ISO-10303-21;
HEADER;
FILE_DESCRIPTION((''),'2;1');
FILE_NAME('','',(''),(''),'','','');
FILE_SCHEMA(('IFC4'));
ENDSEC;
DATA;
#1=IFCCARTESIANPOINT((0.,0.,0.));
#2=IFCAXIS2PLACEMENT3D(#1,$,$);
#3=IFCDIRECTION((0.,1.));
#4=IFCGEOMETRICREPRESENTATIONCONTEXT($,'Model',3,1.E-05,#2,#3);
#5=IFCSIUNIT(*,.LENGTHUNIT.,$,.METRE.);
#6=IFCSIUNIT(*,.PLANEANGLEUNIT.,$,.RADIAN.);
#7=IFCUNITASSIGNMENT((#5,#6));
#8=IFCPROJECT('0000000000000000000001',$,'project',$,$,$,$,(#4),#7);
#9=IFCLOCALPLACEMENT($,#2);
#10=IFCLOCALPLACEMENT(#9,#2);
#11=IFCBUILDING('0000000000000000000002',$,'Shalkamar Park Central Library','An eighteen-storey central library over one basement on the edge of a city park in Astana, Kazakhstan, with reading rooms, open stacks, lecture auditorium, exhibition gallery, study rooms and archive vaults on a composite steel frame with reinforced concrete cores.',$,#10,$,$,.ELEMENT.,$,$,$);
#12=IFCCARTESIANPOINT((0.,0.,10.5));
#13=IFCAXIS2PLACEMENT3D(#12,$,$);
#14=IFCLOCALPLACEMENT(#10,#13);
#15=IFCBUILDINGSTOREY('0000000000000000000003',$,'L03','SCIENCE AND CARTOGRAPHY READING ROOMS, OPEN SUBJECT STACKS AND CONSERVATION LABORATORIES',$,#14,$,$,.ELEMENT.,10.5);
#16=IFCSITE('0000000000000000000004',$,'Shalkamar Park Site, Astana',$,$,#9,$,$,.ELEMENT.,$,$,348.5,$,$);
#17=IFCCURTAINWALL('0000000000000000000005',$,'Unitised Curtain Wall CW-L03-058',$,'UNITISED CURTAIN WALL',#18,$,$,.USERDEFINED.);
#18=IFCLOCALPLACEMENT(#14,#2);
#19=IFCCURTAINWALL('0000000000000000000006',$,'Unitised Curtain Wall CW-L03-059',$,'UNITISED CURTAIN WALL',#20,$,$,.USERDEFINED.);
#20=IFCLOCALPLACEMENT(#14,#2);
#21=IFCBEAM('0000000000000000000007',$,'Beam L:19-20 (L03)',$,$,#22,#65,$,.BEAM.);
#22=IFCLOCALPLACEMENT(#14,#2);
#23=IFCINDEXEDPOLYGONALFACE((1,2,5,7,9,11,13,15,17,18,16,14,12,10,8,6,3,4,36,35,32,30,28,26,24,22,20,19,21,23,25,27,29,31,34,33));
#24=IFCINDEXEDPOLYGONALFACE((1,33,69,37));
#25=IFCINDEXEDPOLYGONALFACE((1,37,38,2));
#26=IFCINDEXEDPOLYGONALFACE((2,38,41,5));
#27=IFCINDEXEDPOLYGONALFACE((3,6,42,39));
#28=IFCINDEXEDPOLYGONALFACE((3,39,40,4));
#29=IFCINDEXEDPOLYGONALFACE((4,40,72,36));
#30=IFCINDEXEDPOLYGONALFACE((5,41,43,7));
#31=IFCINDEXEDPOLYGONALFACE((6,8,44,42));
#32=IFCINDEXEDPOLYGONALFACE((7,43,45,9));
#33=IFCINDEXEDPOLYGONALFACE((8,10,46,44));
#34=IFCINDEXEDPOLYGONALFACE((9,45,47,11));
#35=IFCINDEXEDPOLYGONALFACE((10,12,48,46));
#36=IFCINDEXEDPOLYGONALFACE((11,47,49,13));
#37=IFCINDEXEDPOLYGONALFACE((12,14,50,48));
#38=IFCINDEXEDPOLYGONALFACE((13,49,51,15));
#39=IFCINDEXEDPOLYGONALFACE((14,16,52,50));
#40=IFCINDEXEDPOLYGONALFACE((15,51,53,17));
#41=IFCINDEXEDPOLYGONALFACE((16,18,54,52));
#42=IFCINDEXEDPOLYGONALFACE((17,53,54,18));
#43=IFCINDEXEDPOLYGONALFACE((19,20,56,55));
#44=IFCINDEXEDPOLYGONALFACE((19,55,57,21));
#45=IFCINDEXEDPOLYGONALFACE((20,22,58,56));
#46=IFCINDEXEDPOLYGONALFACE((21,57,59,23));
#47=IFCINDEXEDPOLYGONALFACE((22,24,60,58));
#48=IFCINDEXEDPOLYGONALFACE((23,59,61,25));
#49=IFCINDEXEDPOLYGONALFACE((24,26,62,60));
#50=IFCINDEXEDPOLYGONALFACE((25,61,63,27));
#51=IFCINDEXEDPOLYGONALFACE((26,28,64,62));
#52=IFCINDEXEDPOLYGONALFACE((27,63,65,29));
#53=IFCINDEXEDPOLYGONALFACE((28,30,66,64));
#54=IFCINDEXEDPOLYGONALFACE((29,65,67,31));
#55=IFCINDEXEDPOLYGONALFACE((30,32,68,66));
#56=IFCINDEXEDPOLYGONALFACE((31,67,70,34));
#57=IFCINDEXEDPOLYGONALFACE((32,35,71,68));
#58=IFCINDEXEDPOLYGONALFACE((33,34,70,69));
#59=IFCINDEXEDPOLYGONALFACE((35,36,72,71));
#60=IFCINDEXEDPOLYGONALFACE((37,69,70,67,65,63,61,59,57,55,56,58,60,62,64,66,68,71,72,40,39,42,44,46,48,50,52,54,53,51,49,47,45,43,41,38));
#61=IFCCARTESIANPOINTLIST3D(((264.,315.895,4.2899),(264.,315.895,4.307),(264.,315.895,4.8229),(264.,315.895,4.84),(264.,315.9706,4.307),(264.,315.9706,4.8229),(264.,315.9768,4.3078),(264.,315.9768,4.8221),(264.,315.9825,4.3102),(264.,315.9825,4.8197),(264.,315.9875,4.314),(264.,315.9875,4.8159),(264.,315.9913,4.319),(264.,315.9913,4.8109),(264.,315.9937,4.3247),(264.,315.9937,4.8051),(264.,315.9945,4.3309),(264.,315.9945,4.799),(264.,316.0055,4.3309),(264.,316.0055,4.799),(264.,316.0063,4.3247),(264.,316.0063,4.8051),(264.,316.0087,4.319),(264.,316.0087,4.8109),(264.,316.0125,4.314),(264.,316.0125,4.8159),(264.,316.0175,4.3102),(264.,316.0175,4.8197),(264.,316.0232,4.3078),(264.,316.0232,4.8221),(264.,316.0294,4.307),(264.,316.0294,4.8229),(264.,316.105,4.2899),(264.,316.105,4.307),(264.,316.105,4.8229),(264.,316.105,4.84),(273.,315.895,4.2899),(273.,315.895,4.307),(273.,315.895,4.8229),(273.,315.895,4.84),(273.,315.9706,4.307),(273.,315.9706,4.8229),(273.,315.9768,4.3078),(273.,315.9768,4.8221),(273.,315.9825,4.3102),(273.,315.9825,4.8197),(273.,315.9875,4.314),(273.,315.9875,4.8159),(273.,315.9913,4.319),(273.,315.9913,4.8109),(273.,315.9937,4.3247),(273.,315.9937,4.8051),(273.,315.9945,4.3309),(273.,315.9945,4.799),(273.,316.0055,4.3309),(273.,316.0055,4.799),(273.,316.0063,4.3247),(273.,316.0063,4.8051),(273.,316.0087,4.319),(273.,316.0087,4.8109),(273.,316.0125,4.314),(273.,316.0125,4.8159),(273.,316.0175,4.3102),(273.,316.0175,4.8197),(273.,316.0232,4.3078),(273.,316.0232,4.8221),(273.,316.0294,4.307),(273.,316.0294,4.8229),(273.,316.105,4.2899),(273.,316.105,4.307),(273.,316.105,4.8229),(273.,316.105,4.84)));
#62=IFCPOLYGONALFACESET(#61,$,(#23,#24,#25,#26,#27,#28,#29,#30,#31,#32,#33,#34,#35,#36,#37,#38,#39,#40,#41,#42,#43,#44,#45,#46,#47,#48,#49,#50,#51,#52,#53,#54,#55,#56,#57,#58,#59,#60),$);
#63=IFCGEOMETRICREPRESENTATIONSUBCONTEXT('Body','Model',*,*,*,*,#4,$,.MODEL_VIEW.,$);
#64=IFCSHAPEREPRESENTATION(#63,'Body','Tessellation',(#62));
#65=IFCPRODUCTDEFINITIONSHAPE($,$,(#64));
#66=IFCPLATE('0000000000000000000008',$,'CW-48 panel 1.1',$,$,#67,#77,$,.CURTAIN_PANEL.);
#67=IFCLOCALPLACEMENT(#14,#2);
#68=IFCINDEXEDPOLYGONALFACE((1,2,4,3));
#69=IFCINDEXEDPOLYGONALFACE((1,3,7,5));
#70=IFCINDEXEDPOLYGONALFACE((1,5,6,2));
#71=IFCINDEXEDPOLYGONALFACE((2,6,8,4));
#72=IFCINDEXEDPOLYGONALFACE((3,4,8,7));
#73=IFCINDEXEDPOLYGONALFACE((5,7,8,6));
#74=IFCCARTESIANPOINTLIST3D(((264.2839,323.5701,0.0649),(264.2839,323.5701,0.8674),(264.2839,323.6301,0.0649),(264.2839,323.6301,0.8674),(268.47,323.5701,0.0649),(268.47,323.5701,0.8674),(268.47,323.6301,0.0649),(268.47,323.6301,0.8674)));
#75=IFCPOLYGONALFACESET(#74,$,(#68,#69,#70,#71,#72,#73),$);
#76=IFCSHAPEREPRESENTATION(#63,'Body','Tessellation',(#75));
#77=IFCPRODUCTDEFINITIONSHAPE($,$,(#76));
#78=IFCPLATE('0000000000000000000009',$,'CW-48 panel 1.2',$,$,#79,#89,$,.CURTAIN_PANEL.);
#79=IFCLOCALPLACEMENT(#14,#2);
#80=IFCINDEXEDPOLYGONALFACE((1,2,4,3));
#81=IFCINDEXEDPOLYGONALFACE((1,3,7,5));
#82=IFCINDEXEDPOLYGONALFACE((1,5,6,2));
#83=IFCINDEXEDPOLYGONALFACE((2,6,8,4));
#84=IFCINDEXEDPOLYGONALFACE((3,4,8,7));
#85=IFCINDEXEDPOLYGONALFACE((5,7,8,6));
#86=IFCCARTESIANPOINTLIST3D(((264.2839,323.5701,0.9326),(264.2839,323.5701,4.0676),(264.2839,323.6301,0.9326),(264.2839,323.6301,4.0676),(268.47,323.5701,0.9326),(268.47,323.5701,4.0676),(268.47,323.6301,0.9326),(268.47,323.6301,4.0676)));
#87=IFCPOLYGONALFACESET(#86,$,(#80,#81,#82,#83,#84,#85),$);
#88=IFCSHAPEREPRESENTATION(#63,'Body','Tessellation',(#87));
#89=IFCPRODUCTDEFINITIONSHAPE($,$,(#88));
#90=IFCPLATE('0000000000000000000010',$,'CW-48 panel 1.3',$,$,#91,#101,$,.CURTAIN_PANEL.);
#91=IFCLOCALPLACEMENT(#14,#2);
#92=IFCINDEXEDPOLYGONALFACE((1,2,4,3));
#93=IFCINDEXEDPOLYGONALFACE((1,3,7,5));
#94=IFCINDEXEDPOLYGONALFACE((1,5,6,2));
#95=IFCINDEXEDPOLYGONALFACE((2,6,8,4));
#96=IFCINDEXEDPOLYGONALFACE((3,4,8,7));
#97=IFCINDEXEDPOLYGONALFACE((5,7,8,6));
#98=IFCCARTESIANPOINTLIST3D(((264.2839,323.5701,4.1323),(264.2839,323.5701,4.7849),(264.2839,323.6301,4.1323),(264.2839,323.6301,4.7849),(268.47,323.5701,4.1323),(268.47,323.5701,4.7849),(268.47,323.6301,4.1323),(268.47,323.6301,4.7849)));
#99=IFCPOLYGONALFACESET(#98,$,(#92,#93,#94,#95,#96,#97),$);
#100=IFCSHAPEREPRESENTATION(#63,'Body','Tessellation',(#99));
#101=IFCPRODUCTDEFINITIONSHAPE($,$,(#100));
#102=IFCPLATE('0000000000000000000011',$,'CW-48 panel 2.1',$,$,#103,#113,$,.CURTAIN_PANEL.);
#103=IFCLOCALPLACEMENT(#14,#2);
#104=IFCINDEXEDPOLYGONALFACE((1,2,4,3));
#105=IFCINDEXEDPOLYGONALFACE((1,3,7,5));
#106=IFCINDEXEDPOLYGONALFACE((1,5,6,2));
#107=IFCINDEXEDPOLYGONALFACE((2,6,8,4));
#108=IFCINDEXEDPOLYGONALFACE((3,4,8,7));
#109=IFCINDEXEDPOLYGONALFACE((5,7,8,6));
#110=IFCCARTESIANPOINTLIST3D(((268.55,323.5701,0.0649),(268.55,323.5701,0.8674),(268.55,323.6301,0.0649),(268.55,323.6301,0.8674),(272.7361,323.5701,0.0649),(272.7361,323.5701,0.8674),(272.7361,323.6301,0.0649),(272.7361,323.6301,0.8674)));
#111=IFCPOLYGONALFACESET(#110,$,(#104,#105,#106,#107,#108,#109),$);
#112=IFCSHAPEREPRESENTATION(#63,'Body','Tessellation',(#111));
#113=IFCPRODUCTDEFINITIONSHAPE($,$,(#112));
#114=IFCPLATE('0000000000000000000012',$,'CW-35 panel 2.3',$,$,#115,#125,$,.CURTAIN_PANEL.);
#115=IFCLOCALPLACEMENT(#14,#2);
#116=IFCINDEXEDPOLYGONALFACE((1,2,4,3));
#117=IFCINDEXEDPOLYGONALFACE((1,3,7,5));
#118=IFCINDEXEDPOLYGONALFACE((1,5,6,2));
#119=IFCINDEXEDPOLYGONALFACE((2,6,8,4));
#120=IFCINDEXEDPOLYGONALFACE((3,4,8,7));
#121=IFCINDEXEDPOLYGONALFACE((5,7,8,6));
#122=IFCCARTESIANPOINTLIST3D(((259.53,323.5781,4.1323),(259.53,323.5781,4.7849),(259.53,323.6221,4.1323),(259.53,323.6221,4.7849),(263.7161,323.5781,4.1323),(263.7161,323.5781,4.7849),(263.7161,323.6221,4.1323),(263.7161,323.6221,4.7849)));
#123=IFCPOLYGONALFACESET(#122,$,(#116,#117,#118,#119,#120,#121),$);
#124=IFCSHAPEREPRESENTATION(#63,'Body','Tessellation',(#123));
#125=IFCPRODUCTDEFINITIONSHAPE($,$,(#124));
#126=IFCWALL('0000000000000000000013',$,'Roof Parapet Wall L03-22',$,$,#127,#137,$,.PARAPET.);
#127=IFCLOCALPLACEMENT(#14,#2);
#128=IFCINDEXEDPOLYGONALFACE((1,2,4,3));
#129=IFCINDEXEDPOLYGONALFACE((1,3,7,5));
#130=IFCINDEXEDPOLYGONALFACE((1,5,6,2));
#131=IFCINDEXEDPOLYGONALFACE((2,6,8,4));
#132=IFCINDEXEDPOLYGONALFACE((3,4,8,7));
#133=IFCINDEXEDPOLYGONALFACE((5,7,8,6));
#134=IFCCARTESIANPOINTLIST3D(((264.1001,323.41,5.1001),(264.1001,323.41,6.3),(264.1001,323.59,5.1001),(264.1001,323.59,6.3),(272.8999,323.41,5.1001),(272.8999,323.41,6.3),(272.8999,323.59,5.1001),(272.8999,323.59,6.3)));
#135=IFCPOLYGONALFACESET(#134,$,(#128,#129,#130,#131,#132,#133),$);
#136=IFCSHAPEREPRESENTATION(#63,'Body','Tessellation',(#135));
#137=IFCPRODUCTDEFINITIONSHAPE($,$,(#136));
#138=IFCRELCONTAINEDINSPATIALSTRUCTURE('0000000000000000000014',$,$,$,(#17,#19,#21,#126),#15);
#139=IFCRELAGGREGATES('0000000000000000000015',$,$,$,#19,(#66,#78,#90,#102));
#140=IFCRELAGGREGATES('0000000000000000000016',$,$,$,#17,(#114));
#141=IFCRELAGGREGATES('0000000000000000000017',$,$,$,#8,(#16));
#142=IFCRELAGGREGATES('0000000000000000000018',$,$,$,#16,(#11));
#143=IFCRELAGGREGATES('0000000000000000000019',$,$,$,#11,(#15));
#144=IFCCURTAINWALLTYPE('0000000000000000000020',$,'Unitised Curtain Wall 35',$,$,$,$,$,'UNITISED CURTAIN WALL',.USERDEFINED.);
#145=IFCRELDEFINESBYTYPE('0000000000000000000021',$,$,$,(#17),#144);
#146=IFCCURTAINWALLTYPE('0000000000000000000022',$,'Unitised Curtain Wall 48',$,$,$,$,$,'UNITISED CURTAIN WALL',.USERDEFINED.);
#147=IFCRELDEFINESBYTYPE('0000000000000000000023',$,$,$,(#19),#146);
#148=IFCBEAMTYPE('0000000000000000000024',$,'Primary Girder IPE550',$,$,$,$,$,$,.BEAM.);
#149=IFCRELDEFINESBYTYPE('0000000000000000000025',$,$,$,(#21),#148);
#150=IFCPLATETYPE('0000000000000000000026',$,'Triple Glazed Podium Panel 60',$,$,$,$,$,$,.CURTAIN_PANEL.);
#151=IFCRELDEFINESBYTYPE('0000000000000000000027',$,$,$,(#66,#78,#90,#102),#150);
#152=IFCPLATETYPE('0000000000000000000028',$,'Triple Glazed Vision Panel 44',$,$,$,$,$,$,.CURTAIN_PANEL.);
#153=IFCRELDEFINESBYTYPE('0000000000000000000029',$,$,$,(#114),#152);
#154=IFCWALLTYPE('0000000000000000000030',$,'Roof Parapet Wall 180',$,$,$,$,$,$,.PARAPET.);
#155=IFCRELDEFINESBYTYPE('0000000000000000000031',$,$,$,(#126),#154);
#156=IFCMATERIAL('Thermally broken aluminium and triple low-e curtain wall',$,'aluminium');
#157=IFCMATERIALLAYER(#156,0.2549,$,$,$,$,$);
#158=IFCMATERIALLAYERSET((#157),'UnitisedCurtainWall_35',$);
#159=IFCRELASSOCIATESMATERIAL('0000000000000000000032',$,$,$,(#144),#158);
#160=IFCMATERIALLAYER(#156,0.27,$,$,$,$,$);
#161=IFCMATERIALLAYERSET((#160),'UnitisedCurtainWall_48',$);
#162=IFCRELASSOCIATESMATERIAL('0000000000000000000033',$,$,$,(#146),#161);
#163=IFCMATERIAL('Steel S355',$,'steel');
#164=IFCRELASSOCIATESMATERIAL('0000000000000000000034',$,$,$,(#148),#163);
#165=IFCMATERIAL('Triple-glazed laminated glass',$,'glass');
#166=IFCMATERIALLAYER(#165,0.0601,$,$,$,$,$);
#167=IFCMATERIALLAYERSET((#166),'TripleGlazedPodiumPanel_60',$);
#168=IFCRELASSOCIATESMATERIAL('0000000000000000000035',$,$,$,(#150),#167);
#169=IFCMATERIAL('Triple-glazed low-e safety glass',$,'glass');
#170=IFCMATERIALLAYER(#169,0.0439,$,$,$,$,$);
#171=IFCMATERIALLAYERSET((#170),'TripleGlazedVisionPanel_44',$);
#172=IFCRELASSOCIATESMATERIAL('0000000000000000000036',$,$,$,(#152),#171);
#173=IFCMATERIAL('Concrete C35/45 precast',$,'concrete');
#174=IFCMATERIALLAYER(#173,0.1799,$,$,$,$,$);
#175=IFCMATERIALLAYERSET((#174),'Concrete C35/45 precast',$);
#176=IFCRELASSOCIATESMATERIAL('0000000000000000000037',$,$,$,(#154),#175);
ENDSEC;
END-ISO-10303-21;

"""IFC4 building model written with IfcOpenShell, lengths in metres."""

from ifc_helpers import new_model, si_unit, direction, frame, frame_2d, origin, origin_2d, place, context, subcontext, project, spatial, rectangle, i_section, extrude, material, layer, layer_set, material_profile, profile_set, type_object, element, aggregate, save


model = new_model("IFC4")

# Units and contexts
model_context = context("Model", 3, precision=1e-05, world=origin(), true_north=direction((0.0, 1.0)))
body_context = subcontext(model_context, "Body", "Model", "MODEL_VIEW")
ifc_project = project(units=[si_unit("LENGTHUNIT", "METRE"), si_unit("PLANEANGLEUNIT", "RADIAN")], contexts=[model_context])

# Site, building, storey
site_placement = place(None, origin())
site = spatial("IfcSite", under=ifc_project, at=site_placement, Name="Shalkamar Park Site, Astana", CompositionType="ELEMENT", RefElevation=348.5)
building_placement = place(site_placement, origin())
building = spatial("IfcBuilding", under=site, at=building_placement, Name="Shalkamar Park Central Library", Description="An eighteen-storey central library over one basement on the edge of a city park in Astana, Kazakhstan, with reading rooms, open stacks, lecture auditorium, exhibition gallery, study rooms and archive vaults on a composite steel frame with reinforced concrete cores.", CompositionType="ELEMENT")
storey_placement = place(building_placement, frame((0.0, 0.0, 10.5)))
storey = spatial("IfcBuildingStorey", under=building, at=storey_placement, Name="L03", Description="SCIENCE AND CARTOGRAPHY READING ROOMS, OPEN SUBJECT STACKS AND CONSERVATION LABORATORIES", CompositionType="ELEMENT", Elevation=10.5)

# Shared definitions
ifc_material_1 = material(Name="Steel S355", Category="steel")

# Curtain wall
ifc_material_2 = material(Name="Thermally broken aluminium and triple low-e curtain wall", Category="aluminium")
ifc_layer_1 = layer(ifc_material_2, 0.2549)
ifc_layer_set_1 = layer_set([ifc_layer_1], Name="UnitisedCurtainWall_35")
curtain_wall_type_1 = type_object("IfcCurtainWallType", Name="Unitised Curtain Wall 35", ElementType="UNITISED CURTAIN WALL", PredefinedType="USERDEFINED", material=ifc_layer_set_1)
curtain_wall_1_placement = place(storey_placement, origin())
curtain_wall_1 = element("IfcCurtainWall", 1, at=curtain_wall_1_placement, inside=storey, type_object=curtain_wall_type_1, Name="Unitised Curtain Wall CW-L03-058", ObjectType="UNITISED CURTAIN WALL", PredefinedType="USERDEFINED")

# Curtain wall
ifc_layer_2 = layer(ifc_material_2, 0.27)
ifc_layer_set_2 = layer_set([ifc_layer_2], Name="UnitisedCurtainWall_48")
curtain_wall_type_2 = type_object("IfcCurtainWallType", Name="Unitised Curtain Wall 48", ElementType="UNITISED CURTAIN WALL", PredefinedType="USERDEFINED", material=ifc_layer_set_2)
curtain_wall_2_placement = place(storey_placement, origin())
curtain_wall_2 = element("IfcCurtainWall", 2, at=curtain_wall_2_placement, inside=storey, type_object=curtain_wall_type_2, Name="Unitised Curtain Wall CW-L03-059", ObjectType="UNITISED CURTAIN WALL", PredefinedType="USERDEFINED")

# Beam
ifc_material_profile_1 = material_profile(ifc_material_1, i_section(OverallWidth=0.21, OverallDepth=0.55, WebThickness=0.011, FlangeThickness=0.0171, FilletRadius=0.0239, at=origin_2d()), Name="IPE 550")
ifc_profile_set_1 = profile_set([ifc_material_profile_1], Name="Steel S355")
beam_type_1 = type_object("IfcBeamType", Name="Primary Girder IPE550", PredefinedType="BEAM", material=ifc_profile_set_1)
beam_1_placement = place(storey_placement, frame((264.0, 316.0, 4.5649), z_axis=(1.0, 0.0, 0.0), x_axis=(0.0, 1.0, 0.0)))
element("IfcBeam", 3, at=beam_1_placement, inside=storey, type_object=beam_type_1, Name="Beam L:19-20 (L03)", PredefinedType="BEAM", context=body_context, shape_type="SweptSolid", body=[
    extrude(i_section(OverallWidth=0.21, OverallDepth=0.55, WebThickness=0.011, FlangeThickness=0.0171, FilletRadius=0.0239, at=origin_2d()), origin(), (0.0, 0.0, 1.0), 9.0),
])

# Plates
ifc_material_3 = material(Name="Triple-glazed laminated glass", Category="glass")
ifc_layer_3 = layer(ifc_material_3, 0.0601)
ifc_layer_set_3 = layer_set([ifc_layer_3], Name="TripleGlazedPodiumPanel_60")
plate_type_1 = type_object("IfcPlateType", Name="Triple Glazed Podium Panel 60", PredefinedType="CURTAIN_PANEL", material=ifc_layer_set_3)
plate_1_placement = place(storey_placement, frame((266.377, 323.6001, 0.0649), z_axis=(0.0, 0.0, 1.0), x_axis=(1.0, 0.0, 0.0)))
plate_1 = element("IfcPlate", 4, at=plate_1_placement, type_object=plate_type_1, Name="CW-48 panel 1.1", PredefinedType="CURTAIN_PANEL", context=body_context, shape_type="SweptSolid", body=[
    extrude(rectangle(XDim=4.186, YDim=0.0601, at=origin_2d()), origin(), (0.0, 0.0, 1.0), 0.8025),
])
plate_2_placement = place(storey_placement, frame((266.377, 323.6001, 0.9326), z_axis=(0.0, 0.0, 1.0), x_axis=(1.0, 0.0, 0.0)))
plate_2 = element("IfcPlate", 5, at=plate_2_placement, type_object=plate_type_1, Name="CW-48 panel 1.2", PredefinedType="CURTAIN_PANEL", context=body_context, shape_type="SweptSolid", body=[
    extrude(rectangle(XDim=4.186, YDim=0.0601, at=origin_2d()), origin(), (0.0, 0.0, 1.0), 3.135),
])
plate_3_placement = place(storey_placement, frame((266.377, 323.6001, 4.1323), z_axis=(0.0, 0.0, 1.0), x_axis=(1.0, 0.0, 0.0)))
plate_3 = element("IfcPlate", 6, at=plate_3_placement, type_object=plate_type_1, Name="CW-48 panel 1.3", PredefinedType="CURTAIN_PANEL", context=body_context, shape_type="SweptSolid", body=[
    extrude(rectangle(XDim=4.186, YDim=0.0601, at=origin_2d()), origin(), (0.0, 0.0, 1.0), 0.6526),
])
plate_4_placement = place(storey_placement, frame((270.6431, 323.6001, 0.0649), z_axis=(0.0, 0.0, 1.0), x_axis=(1.0, 0.0, 0.0)))
plate_4 = element("IfcPlate", 7, at=plate_4_placement, type_object=plate_type_1, Name="CW-48 panel 2.1", PredefinedType="CURTAIN_PANEL", context=body_context, shape_type="SweptSolid", body=[
    extrude(rectangle(XDim=4.186, YDim=0.0601, at=origin_2d()), origin(), (0.0, 0.0, 1.0), 0.8025),
])
aggregate(curtain_wall_2, [plate_1, plate_2, plate_3, plate_4])
ifc_material_4 = material(Name="Triple-glazed low-e safety glass", Category="glass")
ifc_layer_4 = layer(ifc_material_4, 0.0439)
ifc_layer_set_4 = layer_set([ifc_layer_4], Name="TripleGlazedVisionPanel_44")
plate_type_2 = type_object("IfcPlateType", Name="Triple Glazed Vision Panel 44", PredefinedType="CURTAIN_PANEL", material=ifc_layer_set_4)
plate_5_placement = place(storey_placement, frame((261.623, 323.6001, 4.1323), z_axis=(0.0, 0.0, 1.0), x_axis=(1.0, 0.0, 0.0)))
plate_5 = element("IfcPlate", 8, at=plate_5_placement, type_object=plate_type_2, Name="CW-35 panel 2.3", PredefinedType="CURTAIN_PANEL", context=body_context, shape_type="SweptSolid", body=[
    extrude(rectangle(XDim=4.186, YDim=0.0439, at=origin_2d()), origin(), (0.0, 0.0, 1.0), 0.6526),
])
aggregate(curtain_wall_1, [plate_5])

# Wall
ifc_material_5 = material(Name="Concrete C35/45 precast", Category="concrete")
ifc_layer_5 = layer(ifc_material_5, 0.1799)
ifc_layer_set_5 = layer_set([ifc_layer_5], Name="Concrete C35/45 precast")
wall_type = type_object("IfcWallType", Name="Roof Parapet Wall 180", PredefinedType="PARAPET", material=ifc_layer_set_5)
wall_placement = place(storey_placement, frame((264.1001, 323.5, 5.1001), z_axis=(0.0, 0.0, 1.0), x_axis=(1.0, 0.0, 0.0)))
element("IfcWall", 9, at=wall_placement, inside=storey, type_object=wall_type, Name="Roof Parapet Wall L03-22", PredefinedType="PARAPET", context=body_context, shape_type="SweptSolid", body=[
    extrude(rectangle(XDim=8.7998, YDim=0.1799, at=frame_2d((4.3999, 0.0))), origin(), (0.0, 0.0, 1.0), 1.2),
])

save(model, "model.ifc")
